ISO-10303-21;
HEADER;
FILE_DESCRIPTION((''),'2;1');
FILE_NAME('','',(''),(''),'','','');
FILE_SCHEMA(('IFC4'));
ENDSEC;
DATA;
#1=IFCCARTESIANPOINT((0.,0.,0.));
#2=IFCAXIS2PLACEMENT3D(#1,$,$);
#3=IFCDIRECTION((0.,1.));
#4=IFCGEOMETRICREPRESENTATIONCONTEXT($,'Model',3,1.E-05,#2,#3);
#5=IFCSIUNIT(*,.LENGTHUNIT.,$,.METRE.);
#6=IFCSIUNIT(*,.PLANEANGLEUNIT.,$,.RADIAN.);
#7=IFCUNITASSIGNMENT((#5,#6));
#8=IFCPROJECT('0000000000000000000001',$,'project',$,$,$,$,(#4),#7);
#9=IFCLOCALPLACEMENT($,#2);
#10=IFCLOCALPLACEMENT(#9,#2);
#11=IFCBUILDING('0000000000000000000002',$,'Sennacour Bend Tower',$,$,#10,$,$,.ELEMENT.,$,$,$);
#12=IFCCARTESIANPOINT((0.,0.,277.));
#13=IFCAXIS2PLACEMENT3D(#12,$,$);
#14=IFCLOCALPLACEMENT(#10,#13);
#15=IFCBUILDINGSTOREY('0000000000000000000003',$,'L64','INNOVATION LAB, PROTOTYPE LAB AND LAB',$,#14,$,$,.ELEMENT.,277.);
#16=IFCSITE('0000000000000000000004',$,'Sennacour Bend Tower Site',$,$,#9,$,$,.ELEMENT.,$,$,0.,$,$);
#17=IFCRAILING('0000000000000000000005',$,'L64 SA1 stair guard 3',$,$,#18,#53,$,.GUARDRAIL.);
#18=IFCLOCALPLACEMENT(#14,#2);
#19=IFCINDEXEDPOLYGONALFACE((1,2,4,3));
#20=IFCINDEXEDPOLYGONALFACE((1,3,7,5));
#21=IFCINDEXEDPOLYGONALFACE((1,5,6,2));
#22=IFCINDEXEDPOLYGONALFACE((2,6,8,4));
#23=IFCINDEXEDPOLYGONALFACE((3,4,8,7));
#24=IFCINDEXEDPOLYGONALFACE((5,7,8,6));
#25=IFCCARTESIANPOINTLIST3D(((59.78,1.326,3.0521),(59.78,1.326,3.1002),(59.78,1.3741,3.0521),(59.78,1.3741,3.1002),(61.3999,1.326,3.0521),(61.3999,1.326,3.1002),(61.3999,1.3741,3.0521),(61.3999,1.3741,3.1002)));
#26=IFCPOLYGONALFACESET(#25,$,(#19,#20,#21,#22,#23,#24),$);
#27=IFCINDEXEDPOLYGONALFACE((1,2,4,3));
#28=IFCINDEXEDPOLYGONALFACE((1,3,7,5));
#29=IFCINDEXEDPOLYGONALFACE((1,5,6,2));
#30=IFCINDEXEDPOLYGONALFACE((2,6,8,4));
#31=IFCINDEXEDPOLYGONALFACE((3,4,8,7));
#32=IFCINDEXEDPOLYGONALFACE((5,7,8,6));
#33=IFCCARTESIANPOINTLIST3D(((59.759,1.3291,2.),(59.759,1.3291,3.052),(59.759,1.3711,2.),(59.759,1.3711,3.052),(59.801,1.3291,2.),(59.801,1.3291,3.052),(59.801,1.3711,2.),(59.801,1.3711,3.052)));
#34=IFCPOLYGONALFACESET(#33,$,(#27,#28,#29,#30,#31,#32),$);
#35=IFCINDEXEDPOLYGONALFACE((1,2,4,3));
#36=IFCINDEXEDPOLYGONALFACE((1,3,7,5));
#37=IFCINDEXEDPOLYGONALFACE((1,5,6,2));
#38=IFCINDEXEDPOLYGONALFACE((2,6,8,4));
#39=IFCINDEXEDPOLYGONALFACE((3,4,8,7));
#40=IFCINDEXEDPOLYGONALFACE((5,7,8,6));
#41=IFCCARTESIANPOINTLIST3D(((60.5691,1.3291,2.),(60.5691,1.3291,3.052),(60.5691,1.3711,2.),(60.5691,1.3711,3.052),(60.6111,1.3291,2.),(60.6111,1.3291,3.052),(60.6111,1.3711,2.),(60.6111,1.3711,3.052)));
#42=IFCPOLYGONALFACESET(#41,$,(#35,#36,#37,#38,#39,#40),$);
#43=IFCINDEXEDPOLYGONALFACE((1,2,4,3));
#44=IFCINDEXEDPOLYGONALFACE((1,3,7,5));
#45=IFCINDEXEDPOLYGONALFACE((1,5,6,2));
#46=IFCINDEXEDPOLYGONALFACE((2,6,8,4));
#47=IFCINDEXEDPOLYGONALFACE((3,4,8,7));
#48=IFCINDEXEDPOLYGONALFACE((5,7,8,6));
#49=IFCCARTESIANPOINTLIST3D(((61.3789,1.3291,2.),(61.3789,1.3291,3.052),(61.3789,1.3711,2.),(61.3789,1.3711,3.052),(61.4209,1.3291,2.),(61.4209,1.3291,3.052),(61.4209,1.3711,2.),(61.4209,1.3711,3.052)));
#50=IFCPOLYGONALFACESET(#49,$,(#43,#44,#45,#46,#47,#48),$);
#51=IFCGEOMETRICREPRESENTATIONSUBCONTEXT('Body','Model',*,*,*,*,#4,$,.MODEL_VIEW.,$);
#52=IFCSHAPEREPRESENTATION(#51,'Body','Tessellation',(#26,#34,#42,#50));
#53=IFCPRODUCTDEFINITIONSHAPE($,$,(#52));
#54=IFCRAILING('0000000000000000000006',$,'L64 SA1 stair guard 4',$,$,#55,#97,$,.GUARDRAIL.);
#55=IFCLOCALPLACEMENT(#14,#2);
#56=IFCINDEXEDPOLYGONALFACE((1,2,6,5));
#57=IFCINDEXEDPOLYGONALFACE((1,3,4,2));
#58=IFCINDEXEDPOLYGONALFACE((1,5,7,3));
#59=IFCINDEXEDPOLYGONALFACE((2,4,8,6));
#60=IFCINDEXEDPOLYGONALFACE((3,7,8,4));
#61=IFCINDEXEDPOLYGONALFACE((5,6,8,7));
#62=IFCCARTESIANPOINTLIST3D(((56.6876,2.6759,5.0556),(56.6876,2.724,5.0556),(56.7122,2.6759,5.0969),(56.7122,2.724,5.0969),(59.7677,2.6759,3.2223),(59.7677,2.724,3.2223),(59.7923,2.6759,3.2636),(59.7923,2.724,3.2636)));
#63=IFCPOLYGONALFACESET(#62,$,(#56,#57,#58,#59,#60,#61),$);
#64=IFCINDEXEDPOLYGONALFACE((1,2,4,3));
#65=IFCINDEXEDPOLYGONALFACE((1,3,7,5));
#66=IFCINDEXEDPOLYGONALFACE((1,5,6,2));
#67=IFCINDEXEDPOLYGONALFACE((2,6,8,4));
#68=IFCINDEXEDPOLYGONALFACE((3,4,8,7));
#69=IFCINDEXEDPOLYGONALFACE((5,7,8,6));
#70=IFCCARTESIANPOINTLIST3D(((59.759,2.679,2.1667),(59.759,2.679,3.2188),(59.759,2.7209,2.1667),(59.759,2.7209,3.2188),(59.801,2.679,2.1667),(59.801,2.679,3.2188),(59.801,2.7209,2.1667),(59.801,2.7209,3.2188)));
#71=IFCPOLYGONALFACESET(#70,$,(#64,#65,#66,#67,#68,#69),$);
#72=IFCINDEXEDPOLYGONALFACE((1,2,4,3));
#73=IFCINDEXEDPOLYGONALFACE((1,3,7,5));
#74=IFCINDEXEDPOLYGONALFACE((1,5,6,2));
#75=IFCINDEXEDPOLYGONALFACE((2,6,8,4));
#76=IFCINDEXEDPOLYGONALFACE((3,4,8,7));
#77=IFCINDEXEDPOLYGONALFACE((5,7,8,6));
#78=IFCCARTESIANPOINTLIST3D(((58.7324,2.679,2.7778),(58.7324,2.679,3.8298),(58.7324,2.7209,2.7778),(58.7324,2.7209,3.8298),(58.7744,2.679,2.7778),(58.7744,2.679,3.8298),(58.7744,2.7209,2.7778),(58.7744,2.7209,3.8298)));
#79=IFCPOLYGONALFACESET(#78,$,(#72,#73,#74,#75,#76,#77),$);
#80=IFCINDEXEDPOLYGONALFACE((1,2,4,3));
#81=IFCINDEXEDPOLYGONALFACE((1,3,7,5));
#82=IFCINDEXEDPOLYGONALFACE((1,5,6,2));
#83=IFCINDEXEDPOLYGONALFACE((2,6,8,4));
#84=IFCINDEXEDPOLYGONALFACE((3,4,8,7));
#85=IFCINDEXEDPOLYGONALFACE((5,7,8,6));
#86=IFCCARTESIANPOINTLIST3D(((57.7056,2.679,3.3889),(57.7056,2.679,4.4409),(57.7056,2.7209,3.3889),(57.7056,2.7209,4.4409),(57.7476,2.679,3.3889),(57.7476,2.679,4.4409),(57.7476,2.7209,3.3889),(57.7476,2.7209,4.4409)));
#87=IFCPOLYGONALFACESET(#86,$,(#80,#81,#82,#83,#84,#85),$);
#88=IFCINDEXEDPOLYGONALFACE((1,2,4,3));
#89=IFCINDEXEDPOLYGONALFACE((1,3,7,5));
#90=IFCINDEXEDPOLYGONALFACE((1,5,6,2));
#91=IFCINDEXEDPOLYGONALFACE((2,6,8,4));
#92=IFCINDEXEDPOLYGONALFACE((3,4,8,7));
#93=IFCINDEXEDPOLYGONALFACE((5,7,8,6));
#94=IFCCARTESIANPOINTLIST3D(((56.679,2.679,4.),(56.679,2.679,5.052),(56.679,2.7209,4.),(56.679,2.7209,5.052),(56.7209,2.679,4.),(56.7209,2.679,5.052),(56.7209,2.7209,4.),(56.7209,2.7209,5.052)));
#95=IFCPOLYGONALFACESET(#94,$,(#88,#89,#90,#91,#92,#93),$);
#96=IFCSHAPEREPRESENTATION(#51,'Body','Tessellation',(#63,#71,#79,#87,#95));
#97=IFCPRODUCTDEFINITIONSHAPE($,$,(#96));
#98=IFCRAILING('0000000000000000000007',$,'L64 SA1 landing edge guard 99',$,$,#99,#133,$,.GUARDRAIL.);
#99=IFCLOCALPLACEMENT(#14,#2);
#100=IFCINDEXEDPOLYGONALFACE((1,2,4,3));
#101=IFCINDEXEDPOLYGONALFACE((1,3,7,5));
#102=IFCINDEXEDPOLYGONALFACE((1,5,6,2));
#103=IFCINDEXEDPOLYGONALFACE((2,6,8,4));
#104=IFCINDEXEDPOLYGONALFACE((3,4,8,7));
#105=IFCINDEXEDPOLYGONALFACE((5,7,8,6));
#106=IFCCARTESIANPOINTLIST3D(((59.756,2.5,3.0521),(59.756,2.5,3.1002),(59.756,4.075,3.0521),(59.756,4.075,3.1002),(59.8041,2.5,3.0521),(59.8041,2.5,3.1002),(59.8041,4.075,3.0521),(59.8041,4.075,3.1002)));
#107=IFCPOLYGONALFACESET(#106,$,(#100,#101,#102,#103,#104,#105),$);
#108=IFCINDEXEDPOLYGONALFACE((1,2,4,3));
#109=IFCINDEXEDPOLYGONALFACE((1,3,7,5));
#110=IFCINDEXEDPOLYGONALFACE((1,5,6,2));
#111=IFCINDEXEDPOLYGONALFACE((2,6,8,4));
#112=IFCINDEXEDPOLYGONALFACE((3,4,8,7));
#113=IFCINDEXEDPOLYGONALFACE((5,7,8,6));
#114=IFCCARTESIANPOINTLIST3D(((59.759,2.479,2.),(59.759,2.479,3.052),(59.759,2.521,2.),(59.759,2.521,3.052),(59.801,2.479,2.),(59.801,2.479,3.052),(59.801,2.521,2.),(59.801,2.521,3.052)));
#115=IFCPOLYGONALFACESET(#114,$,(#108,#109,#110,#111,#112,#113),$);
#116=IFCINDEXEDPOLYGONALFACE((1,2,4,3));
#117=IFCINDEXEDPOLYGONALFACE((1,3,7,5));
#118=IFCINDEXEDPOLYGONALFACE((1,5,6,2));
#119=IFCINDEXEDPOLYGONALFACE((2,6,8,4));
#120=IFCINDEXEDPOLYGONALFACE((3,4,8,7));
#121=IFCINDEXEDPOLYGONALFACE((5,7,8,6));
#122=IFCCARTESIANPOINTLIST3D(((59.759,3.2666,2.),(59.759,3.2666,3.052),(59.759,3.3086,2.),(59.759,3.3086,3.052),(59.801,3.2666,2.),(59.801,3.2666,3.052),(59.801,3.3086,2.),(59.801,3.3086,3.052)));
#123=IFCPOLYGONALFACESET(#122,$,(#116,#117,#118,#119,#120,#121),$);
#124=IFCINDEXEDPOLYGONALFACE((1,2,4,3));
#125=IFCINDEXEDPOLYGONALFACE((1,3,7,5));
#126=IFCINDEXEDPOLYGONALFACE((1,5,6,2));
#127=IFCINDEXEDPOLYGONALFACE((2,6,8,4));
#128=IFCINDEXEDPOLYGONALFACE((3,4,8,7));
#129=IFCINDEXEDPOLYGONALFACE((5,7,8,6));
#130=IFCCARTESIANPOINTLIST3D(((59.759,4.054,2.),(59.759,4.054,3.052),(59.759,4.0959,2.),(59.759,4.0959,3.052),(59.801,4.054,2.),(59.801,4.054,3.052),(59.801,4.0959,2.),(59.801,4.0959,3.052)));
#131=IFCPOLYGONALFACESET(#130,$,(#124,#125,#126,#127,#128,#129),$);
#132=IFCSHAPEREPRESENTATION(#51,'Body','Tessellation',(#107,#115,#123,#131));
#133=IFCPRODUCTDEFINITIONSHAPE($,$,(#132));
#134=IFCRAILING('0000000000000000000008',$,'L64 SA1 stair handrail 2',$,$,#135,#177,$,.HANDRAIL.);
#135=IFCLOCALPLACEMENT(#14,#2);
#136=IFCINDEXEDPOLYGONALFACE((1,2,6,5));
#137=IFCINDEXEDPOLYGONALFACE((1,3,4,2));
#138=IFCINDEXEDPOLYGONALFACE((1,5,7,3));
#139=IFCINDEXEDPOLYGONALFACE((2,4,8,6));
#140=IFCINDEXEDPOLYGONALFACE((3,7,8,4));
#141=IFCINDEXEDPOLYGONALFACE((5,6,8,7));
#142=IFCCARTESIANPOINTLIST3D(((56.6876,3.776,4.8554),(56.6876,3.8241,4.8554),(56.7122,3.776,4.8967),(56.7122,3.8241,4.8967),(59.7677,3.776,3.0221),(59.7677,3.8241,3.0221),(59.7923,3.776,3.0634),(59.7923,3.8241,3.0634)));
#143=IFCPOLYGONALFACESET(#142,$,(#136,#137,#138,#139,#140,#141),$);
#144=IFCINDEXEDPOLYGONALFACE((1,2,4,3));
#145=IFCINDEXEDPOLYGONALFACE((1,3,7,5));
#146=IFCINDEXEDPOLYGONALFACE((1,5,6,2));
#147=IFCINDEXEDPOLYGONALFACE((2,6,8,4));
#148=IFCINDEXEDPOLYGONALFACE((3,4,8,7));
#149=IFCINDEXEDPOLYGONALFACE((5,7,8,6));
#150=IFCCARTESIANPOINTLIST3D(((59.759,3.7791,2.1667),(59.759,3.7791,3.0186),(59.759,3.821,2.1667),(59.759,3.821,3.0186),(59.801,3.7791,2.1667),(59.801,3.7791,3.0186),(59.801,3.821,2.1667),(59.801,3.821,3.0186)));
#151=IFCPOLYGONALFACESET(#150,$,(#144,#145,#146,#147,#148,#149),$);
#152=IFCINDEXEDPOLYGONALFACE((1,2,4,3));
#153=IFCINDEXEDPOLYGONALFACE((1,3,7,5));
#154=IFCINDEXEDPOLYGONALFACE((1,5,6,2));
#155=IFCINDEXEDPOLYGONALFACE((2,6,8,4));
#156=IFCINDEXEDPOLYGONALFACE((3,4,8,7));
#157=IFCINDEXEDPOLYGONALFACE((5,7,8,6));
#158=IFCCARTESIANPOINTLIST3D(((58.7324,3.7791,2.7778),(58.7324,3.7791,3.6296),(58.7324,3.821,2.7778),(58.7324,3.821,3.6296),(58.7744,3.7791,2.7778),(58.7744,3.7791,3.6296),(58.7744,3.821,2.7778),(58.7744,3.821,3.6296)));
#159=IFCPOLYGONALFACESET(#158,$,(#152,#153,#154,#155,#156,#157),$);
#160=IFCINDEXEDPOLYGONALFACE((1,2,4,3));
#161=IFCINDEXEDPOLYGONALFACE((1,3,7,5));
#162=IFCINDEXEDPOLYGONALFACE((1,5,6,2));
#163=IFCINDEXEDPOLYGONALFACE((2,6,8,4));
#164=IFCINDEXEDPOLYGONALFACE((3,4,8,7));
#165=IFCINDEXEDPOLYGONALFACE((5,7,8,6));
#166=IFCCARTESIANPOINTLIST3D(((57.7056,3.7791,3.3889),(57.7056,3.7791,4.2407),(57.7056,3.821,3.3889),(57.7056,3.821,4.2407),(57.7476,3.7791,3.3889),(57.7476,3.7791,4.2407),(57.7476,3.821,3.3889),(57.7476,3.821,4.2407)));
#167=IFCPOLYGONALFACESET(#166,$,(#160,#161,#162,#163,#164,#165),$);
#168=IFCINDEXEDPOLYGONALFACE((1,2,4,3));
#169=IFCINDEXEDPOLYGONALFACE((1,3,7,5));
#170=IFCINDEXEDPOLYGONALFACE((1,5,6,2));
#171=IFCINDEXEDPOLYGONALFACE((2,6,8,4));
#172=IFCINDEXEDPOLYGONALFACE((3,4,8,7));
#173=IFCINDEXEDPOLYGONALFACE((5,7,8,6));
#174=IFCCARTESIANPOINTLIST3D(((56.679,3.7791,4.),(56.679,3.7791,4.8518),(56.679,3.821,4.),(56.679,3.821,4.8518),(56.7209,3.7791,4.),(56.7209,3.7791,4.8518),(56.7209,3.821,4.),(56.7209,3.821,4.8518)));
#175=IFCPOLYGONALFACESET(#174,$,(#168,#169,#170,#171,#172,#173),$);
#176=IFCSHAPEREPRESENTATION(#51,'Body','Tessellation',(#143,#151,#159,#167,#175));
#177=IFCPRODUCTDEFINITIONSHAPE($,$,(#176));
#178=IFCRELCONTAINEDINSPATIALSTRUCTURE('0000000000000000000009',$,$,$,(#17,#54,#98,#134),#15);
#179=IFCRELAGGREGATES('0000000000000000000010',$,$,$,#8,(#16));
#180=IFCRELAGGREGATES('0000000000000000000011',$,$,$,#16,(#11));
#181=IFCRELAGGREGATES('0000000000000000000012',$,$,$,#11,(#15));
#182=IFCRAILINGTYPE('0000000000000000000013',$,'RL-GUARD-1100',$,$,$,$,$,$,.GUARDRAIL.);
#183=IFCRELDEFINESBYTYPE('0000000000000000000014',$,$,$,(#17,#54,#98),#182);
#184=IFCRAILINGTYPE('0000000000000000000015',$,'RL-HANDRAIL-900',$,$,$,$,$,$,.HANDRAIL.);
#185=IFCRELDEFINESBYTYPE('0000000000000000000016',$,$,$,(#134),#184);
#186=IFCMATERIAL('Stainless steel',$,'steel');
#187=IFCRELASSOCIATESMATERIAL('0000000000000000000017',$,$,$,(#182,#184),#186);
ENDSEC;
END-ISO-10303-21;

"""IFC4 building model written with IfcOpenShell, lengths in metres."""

from ifc_helpers import new_model, si_unit, direction, frame, origin, origin_2d, place, context, subcontext, project, spatial, rectangle, extrude, material, type_object, element, save


model = new_model("IFC4")

# Units and contexts
model_context = context("Model", 3, precision=1e-05, world=origin(), true_north=direction((0.0, 1.0)))
body_context = subcontext(model_context, "Body", "Model", "MODEL_VIEW")
ifc_project = project(units=[si_unit("LENGTHUNIT", "METRE"), si_unit("PLANEANGLEUNIT", "RADIAN")], contexts=[model_context])

# Site, building, storey
site_placement = place(None, origin())
site = spatial("IfcSite", under=ifc_project, at=site_placement, Name="Sennacour Bend Tower Site", CompositionType="ELEMENT", RefElevation=0.0)
building_placement = place(site_placement, origin())
building = spatial("IfcBuilding", under=site, at=building_placement, Name="Sennacour Bend Tower", CompositionType="ELEMENT")
storey_placement = place(building_placement, frame((0.0, 0.0, 277.0)))
storey = spatial("IfcBuildingStorey", under=building, at=storey_placement, Name="L64", Description="INNOVATION LAB, PROTOTYPE LAB AND LAB", CompositionType="ELEMENT", Elevation=277.0)

# Shared definitions
ifc_material_1 = material(Name="Stainless steel", Category="steel")

# Railings
railing_type_1 = type_object("IfcRailingType", Name="RL-GUARD-1100", PredefinedType="GUARDRAIL", material=ifc_material_1)
railing_1_placement = place(storey_placement, frame((59.78, 1.3501, 2.0)))
element("IfcRailing", 1, at=railing_1_placement, inside=storey, type_object=railing_type_1, Name="L64 SA1 stair guard 3", PredefinedType="GUARDRAIL", context=body_context, shape_type="SweptSolid", body=[
    extrude(rectangle(XDim=0.0481, YDim=0.0481, at=origin_2d()), frame((0.0, 0.0, 1.0762), z_axis=(1.0, 0.0, 0.0), x_axis=(0.0, 1.0, 0.0)), (0.0, 0.0, 1.0), 1.6199),
    extrude(rectangle(XDim=0.042, YDim=0.042, at=origin_2d()), origin(), (0.0, 0.0, 1.0), 1.052),
    extrude(rectangle(XDim=0.042, YDim=0.042, at=origin_2d()), frame((0.8101, 0.0, 0.0)), (0.0, 0.0, 1.0), 1.052),
    extrude(rectangle(XDim=0.042, YDim=0.042, at=origin_2d()), frame((1.6199, 0.0, 0.0)), (0.0, 0.0, 1.0), 1.052),
])
railing_2_placement = place(storey_placement, frame((59.78, 2.7, 2.1667)))
element("IfcRailing", 2, at=railing_2_placement, inside=storey, type_object=railing_type_1, Name="L64 SA1 stair guard 4", PredefinedType="GUARDRAIL", context=body_context, shape_type="SweptSolid", body=[
    extrude(rectangle(XDim=0.0481, YDim=0.0481, at=origin_2d()), frame((0.0, 0.0, 1.0762), z_axis=(-0.859309, 0.0, 0.511458), x_axis=(0.0, -1.0, 0.0)), (0.0, 0.0, 1.0), 3.5845),
    extrude(rectangle(XDim=0.042, YDim=0.042, at=origin_2d()), origin(), (0.0, 0.0, 1.0), 1.052),
    extrude(rectangle(XDim=0.042, YDim=0.042, at=origin_2d()), frame((-1.0266, 0.0, 0.6111)), (0.0, 0.0, 1.0), 1.052),
    extrude(rectangle(XDim=0.042, YDim=0.042, at=origin_2d()), frame((-2.0535, 0.0, 1.2222)), (0.0, 0.0, 1.0), 1.052),
    extrude(rectangle(XDim=0.042, YDim=0.042, at=origin_2d()), frame((-3.0801, 0.0, 1.8333)), (0.0, 0.0, 1.0), 1.052),
])
railing_3_placement = place(storey_placement, frame((59.78, 2.5, 2.0)))
element("IfcRailing", 3, at=railing_3_placement, inside=storey, type_object=railing_type_1, Name="L64 SA1 landing edge guard 99", PredefinedType="GUARDRAIL", context=body_context, shape_type="SweptSolid", body=[
    extrude(rectangle(XDim=0.0481, YDim=0.0481, at=origin_2d()), frame((0.0, 0.0, 1.0762), z_axis=(0.0, 1.0, 0.0), x_axis=(-1.0, 0.0, 0.0)), (0.0, 0.0, 1.0), 1.575),
    extrude(rectangle(XDim=0.042, YDim=0.042, at=origin_2d()), origin(), (0.0, 0.0, 1.0), 1.052),
    extrude(rectangle(XDim=0.042, YDim=0.042, at=origin_2d()), frame((0.0, 0.7876, 0.0)), (0.0, 0.0, 1.0), 1.052),
    extrude(rectangle(XDim=0.042, YDim=0.042, at=origin_2d()), frame((0.0, 1.575, 0.0)), (0.0, 0.0, 1.0), 1.052),
])
railing_type_2 = type_object("IfcRailingType", Name="RL-HANDRAIL-900", PredefinedType="HANDRAIL", material=ifc_material_1)
railing_4_placement = place(storey_placement, frame((59.78, 3.8, 2.1667)))
element("IfcRailing", 4, at=railing_4_placement, inside=storey, type_object=railing_type_2, Name="L64 SA1 stair handrail 2", PredefinedType="HANDRAIL", context=body_context, shape_type="SweptSolid", body=[
    extrude(rectangle(XDim=0.0481, YDim=0.0481, at=origin_2d()), frame((0.0, 0.0, 0.876), z_axis=(-0.859309, 0.0, 0.511458), x_axis=(0.0, -1.0, 0.0)), (0.0, 0.0, 1.0), 3.5845),
    extrude(rectangle(XDim=0.042, YDim=0.042, at=origin_2d()), origin(), (0.0, 0.0, 1.0), 0.8518),
    extrude(rectangle(XDim=0.042, YDim=0.042, at=origin_2d()), frame((-1.0266, 0.0, 0.6111)), (0.0, 0.0, 1.0), 0.8518),
    extrude(rectangle(XDim=0.042, YDim=0.042, at=origin_2d()), frame((-2.0535, 0.0, 1.2222)), (0.0, 0.0, 1.0), 0.8518),
    extrude(rectangle(XDim=0.042, YDim=0.042, at=origin_2d()), frame((-3.0801, 0.0, 1.8333)), (0.0, 0.0, 1.0), 0.8518),
])

save(model, "model.ifc")
